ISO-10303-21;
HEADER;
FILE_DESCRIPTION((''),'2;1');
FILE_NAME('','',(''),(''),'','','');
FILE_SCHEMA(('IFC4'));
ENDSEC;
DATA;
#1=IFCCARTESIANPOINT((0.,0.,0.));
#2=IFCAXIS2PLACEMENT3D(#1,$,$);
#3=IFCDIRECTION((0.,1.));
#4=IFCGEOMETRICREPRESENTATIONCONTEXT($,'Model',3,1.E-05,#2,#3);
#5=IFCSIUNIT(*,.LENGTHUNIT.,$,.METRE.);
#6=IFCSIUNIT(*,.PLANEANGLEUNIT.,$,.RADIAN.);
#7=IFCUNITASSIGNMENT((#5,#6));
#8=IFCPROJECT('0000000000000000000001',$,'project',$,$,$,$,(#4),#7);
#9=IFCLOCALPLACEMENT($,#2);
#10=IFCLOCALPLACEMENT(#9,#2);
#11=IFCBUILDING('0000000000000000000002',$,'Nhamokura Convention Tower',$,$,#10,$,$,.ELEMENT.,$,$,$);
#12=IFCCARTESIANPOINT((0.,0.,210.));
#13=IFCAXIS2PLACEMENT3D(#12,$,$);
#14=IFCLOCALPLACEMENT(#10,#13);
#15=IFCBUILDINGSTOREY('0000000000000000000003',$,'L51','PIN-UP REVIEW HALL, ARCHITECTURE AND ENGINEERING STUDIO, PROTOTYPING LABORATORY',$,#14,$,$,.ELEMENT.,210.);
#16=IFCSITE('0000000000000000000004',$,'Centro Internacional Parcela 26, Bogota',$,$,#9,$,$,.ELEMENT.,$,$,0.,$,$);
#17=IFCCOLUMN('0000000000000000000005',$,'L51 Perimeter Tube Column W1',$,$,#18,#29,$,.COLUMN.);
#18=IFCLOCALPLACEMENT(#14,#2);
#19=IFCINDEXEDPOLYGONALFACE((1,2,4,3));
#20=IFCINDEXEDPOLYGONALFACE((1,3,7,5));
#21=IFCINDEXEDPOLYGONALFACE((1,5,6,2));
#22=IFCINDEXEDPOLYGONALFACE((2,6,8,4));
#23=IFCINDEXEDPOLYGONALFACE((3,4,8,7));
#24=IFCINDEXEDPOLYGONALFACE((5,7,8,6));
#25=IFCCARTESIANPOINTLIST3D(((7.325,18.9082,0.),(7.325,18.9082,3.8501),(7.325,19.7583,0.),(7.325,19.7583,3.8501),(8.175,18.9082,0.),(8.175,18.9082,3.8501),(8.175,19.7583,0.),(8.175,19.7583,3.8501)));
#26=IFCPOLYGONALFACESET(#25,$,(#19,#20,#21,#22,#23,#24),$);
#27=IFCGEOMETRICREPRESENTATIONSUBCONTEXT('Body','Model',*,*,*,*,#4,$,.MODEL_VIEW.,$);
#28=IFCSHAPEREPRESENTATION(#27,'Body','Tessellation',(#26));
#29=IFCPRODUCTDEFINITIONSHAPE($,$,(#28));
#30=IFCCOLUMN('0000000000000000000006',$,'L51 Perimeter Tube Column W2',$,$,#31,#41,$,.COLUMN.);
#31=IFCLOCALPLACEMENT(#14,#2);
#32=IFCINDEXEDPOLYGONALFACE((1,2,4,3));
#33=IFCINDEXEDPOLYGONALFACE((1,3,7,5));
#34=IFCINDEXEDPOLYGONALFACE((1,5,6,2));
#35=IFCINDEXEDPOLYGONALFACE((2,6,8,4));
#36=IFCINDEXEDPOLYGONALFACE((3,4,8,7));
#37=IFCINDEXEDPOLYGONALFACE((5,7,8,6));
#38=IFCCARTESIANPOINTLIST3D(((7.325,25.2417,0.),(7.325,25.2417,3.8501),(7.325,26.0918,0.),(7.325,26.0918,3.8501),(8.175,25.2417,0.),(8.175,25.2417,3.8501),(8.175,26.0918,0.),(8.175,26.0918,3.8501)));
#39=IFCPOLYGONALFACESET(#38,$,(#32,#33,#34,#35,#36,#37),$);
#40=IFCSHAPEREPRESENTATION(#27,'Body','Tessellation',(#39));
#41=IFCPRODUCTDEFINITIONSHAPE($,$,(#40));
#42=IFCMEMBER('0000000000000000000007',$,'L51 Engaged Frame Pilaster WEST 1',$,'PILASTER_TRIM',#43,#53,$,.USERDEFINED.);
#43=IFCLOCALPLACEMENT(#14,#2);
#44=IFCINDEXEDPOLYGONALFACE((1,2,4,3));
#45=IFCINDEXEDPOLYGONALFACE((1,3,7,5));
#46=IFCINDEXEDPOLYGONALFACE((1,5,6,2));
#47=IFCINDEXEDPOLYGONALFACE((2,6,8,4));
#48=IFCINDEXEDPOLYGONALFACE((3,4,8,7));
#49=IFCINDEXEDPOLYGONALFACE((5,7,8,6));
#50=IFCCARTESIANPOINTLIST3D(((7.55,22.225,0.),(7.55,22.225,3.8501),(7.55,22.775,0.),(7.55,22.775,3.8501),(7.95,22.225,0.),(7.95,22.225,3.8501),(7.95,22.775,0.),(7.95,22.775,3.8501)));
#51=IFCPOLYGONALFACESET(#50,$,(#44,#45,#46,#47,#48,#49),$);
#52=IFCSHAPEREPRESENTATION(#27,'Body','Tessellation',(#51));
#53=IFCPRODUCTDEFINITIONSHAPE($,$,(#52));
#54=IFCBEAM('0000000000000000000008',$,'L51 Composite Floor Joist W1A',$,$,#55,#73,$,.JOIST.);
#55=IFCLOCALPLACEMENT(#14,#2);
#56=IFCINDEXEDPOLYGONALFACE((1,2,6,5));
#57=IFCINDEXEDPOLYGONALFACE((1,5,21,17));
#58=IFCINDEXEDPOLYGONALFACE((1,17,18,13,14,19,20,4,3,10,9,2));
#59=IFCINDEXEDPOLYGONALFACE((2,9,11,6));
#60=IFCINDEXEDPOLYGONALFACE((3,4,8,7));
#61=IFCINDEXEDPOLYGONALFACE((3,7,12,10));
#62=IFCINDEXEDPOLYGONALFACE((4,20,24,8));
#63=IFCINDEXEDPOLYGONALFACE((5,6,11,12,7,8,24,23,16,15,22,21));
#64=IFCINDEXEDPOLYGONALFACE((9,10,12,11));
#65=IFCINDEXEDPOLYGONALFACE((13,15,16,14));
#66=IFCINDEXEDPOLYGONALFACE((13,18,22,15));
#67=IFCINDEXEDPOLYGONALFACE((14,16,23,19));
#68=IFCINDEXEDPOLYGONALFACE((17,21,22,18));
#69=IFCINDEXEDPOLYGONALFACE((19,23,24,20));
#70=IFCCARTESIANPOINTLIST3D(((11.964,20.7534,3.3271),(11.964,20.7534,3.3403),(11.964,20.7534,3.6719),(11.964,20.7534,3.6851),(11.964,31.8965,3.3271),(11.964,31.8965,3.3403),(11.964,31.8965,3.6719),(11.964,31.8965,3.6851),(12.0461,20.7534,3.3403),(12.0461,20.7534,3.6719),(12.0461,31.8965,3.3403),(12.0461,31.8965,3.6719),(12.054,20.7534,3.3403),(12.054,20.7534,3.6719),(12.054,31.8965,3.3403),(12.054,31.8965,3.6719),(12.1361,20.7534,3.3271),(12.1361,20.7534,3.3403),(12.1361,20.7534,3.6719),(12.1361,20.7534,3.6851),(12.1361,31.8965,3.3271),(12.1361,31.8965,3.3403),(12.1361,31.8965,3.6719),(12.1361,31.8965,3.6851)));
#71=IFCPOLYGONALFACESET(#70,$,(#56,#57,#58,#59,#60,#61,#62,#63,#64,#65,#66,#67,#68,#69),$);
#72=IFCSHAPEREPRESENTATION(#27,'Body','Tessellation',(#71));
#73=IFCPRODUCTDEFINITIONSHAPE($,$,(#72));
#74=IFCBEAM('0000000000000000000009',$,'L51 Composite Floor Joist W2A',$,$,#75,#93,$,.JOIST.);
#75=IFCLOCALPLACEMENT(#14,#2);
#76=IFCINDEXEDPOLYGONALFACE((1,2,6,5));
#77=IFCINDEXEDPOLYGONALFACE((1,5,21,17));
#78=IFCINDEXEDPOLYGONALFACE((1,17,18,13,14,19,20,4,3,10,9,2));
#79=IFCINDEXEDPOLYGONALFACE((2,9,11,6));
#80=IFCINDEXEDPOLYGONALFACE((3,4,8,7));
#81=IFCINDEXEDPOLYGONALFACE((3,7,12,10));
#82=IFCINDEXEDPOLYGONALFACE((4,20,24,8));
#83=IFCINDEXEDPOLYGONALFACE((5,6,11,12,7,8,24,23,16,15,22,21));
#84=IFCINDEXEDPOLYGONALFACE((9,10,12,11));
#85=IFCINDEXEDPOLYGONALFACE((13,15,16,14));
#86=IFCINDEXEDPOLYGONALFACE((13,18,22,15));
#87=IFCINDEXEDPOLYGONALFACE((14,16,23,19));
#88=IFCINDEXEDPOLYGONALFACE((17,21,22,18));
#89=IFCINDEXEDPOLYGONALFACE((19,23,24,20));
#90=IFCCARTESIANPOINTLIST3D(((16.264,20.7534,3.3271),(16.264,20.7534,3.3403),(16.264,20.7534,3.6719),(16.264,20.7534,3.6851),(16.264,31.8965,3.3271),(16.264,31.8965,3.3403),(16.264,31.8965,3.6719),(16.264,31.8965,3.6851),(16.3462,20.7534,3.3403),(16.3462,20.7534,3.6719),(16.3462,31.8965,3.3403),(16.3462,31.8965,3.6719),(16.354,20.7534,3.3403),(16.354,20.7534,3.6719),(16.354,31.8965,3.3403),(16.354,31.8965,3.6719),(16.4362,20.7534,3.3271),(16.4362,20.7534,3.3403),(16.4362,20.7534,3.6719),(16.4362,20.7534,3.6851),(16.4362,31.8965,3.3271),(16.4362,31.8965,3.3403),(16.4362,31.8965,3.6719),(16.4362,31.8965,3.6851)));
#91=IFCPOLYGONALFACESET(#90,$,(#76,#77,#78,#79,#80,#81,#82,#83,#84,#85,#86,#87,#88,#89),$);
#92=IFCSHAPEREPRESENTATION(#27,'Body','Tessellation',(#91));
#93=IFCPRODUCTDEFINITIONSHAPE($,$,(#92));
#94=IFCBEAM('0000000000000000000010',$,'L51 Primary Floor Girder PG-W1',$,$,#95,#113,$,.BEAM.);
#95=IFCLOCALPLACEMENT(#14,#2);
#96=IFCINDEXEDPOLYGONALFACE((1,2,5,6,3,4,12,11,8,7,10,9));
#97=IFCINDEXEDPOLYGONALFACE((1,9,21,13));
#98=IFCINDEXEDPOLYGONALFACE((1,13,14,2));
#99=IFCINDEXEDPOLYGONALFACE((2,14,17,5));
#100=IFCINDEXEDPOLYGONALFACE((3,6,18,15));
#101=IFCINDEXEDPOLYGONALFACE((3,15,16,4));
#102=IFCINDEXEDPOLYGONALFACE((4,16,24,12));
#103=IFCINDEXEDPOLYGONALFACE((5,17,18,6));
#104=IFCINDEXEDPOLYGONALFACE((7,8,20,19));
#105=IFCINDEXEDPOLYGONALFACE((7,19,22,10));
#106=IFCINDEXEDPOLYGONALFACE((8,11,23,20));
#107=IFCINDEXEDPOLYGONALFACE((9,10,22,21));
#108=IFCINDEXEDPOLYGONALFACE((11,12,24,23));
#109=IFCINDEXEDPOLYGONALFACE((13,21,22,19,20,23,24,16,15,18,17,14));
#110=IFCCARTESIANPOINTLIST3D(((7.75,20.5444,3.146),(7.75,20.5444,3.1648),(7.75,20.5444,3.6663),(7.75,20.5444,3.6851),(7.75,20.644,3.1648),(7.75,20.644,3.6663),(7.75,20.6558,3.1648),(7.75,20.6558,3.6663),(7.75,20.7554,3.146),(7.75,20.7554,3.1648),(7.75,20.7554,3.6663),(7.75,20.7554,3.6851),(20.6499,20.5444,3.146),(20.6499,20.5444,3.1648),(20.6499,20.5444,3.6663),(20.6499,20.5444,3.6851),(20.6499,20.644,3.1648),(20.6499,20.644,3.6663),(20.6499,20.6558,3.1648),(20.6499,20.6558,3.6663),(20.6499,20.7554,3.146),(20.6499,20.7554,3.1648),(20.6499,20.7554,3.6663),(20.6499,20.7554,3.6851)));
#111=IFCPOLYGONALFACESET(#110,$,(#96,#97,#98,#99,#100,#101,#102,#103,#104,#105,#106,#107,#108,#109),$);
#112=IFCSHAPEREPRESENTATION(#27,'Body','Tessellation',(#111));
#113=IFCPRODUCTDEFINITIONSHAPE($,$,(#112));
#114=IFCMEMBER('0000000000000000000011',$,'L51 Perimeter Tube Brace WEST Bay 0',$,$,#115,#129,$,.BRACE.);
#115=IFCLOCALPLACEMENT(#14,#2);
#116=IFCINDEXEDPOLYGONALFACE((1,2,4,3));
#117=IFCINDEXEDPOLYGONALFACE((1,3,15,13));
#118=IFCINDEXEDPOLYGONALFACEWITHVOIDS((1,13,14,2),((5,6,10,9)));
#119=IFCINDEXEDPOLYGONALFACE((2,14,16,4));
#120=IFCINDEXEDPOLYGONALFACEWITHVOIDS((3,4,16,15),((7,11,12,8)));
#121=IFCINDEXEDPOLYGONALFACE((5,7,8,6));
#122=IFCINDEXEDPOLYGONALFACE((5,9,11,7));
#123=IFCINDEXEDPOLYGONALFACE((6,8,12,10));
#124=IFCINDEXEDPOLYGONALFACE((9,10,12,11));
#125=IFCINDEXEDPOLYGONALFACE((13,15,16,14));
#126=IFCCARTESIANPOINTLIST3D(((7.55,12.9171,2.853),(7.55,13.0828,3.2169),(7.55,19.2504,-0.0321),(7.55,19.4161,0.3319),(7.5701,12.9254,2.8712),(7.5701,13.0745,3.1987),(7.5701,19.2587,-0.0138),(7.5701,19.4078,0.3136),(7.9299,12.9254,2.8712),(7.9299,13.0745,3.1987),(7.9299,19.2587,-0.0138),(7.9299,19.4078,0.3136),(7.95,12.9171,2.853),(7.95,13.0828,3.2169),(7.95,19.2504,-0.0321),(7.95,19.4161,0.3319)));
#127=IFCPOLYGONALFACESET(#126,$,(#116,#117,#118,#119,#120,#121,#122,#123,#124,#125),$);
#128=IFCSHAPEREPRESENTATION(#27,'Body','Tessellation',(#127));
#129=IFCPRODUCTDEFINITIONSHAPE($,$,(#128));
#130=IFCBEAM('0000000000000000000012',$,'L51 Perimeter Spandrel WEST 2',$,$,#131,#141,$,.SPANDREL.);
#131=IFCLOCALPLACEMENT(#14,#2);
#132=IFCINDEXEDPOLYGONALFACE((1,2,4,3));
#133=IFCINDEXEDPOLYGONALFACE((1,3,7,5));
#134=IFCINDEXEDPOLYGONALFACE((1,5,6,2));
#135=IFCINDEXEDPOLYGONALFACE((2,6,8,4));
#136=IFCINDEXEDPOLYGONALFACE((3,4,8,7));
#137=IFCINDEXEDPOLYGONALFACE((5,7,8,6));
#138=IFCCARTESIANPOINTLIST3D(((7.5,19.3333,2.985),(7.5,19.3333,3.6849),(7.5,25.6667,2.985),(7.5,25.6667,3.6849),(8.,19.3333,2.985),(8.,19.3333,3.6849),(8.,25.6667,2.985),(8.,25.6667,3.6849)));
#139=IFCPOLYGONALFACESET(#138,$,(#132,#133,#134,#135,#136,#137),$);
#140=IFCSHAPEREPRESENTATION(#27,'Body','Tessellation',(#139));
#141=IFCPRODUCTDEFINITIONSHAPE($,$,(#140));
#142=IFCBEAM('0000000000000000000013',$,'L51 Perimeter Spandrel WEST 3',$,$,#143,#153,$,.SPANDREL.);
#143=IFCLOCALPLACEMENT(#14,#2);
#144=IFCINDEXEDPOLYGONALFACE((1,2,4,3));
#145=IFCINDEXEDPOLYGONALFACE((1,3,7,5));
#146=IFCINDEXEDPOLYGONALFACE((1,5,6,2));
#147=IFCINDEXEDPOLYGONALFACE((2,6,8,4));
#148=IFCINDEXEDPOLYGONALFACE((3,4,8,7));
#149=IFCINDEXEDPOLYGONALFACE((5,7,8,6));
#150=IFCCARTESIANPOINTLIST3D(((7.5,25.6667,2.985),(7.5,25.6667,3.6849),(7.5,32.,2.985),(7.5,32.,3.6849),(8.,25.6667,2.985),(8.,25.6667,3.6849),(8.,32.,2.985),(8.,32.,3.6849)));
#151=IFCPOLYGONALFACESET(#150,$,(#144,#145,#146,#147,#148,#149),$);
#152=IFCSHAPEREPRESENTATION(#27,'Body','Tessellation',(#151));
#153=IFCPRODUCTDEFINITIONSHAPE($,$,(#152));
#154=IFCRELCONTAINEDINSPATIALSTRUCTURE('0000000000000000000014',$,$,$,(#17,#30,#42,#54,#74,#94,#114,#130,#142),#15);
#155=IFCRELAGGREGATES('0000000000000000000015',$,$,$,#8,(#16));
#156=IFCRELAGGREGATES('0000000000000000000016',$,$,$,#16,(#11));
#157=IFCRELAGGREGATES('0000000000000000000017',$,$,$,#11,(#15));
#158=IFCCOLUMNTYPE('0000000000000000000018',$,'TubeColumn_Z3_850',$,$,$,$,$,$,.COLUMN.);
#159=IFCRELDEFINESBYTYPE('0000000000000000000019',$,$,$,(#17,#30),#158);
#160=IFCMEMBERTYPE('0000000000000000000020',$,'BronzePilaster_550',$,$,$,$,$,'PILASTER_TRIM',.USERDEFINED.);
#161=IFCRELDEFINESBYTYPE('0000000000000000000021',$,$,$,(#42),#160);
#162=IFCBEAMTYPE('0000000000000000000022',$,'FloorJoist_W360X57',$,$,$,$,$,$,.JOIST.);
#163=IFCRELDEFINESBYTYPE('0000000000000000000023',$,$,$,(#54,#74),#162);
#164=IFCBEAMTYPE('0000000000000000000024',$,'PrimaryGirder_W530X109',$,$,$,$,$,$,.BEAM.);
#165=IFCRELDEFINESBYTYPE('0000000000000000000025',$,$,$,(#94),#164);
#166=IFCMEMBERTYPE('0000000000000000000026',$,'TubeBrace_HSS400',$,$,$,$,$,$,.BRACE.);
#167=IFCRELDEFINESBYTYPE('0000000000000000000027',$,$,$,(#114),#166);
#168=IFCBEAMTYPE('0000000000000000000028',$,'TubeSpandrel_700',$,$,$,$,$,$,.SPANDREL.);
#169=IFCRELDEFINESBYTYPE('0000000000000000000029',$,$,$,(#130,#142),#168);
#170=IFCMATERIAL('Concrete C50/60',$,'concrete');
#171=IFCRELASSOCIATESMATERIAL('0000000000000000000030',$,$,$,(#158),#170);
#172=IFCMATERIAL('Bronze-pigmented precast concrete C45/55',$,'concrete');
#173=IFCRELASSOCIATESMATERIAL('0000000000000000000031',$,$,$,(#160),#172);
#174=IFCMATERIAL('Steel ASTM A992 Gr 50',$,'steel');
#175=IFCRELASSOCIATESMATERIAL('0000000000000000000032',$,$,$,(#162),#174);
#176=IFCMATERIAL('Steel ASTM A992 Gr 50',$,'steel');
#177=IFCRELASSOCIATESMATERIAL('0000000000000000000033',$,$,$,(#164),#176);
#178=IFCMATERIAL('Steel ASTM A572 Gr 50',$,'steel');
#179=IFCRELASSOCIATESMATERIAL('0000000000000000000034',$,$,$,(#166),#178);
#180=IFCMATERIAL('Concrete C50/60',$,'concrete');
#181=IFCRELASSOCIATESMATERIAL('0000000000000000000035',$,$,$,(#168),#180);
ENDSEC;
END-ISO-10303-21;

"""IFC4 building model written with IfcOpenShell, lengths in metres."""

from ifc_helpers import new_model, si_unit, direction, frame, origin, origin_2d, place, context, subcontext, project, spatial, rectangle, hollow_rectangle, i_section, extrude, material, material_profile, profile_set, type_object, element, save


model = new_model("IFC4")

# Units and contexts
model_context = context("Model", 3, precision=1e-05, world=origin(), true_north=direction((0.0, 1.0)))
body_context = subcontext(model_context, "Body", "Model", "MODEL_VIEW")
ifc_project = project(units=[si_unit("LENGTHUNIT", "METRE"), si_unit("PLANEANGLEUNIT", "RADIAN")], contexts=[model_context])

# Site, building, storey
site_placement = place(None, origin())
site = spatial("IfcSite", under=ifc_project, at=site_placement, Name="Centro Internacional Parcela 26, Bogota", CompositionType="ELEMENT", RefElevation=0.0)
building_placement = place(site_placement, origin())
building = spatial("IfcBuilding", under=site, at=building_placement, Name="Nhamokura Convention Tower", CompositionType="ELEMENT")
storey_placement = place(building_placement, frame((0.0, 0.0, 210.0)))
storey = spatial("IfcBuildingStorey", under=building, at=storey_placement, Name="L51", Description="PIN-UP REVIEW HALL, ARCHITECTURE AND ENGINEERING STUDIO, PROTOTYPING LABORATORY", CompositionType="ELEMENT", Elevation=210.0)

# Columns
ifc_material_1 = material(Name="Concrete C50/60", Category="concrete")
ifc_material_profile_1 = material_profile(ifc_material_1, rectangle(XDim=0.8501, YDim=0.8501, at=origin_2d()))
ifc_profile_set_1 = profile_set([ifc_material_profile_1], Name="Concrete C50/60")
column_type = type_object("IfcColumnType", Name="TubeColumn_Z3_850", PredefinedType="COLUMN", material=ifc_profile_set_1)
for number, where, z_axis, x_axis, name in (
    (1, (7.75, 19.3333, 0.0), (0.0, 0.0, 1.0), (1.0, 0.0, 0.0), "L51 Perimeter Tube Column W1"),
    (2, (7.75, 25.6667, 0.0), (0.0, 0.0, 1.0), (1.0, 0.0, 0.0), "L51 Perimeter Tube Column W2"),
):
    element("IfcColumn", number, at=place(storey_placement, frame(where, z_axis=z_axis, x_axis=x_axis)), inside=storey, type_object=column_type, Name=name, PredefinedType="COLUMN", context=body_context, shape_type="SweptSolid", body=[
        extrude(rectangle(XDim=0.8501, YDim=0.8501, at=origin_2d()), origin(), (0.0, 0.0, 1.0), 3.8501),
    ])

# Member
ifc_material_2 = material(Name="Bronze-pigmented precast concrete C45/55", Category="concrete")
ifc_material_profile_2 = material_profile(ifc_material_2, rectangle(XDim=0.3999, YDim=0.55, at=origin_2d()))
ifc_profile_set_2 = profile_set([ifc_material_profile_2], Name="Bronze-pigmented precast concrete C45/55")
member_type_1 = type_object("IfcMemberType", Name="BronzePilaster_550", ElementType="PILASTER_TRIM", PredefinedType="USERDEFINED", material=ifc_profile_set_2)
member_1_placement = place(storey_placement, frame((7.75, 22.5, 0.0), z_axis=(0.0, 0.0, 1.0), x_axis=(1.0, 0.0, 0.0)))
element("IfcMember", 3, at=member_1_placement, inside=storey, type_object=member_type_1, Name="L51 Engaged Frame Pilaster WEST 1", ObjectType="PILASTER_TRIM", PredefinedType="USERDEFINED", context=body_context, shape_type="SweptSolid", body=[
    extrude(rectangle(XDim=0.3999, YDim=0.55, at=origin_2d()), origin(), (0.0, 0.0, 1.0), 3.8501),
])

# Beams
ifc_material_3 = material(Name="Steel ASTM A992 Gr 50", Category="steel")
ifc_material_profile_3 = material_profile(ifc_material_3, i_section(OverallWidth=0.1721, OverallDepth=0.3579, WebThickness=0.0078, FlangeThickness=0.0132, at=origin_2d()))
ifc_profile_set_3 = profile_set([ifc_material_profile_3], Name="Steel ASTM A992 Gr 50")
beam_type_1 = type_object("IfcBeamType", Name="FloorJoist_W360X57", PredefinedType="JOIST", material=ifc_profile_set_3)
for number, where, z_axis, x_axis, name in (
    (4, (12.05, 20.7534, 3.5061), (0.0, 1.0, 0.0), (-1.0, 0.0, 0.0), "L51 Composite Floor Joist W1A"),
    (5, (16.3501, 20.7534, 3.5061), (0.0, 1.0, 0.0), (-1.0, 0.0, 0.0), "L51 Composite Floor Joist W2A"),
):
    element("IfcBeam", number, at=place(storey_placement, frame(where, z_axis=z_axis, x_axis=x_axis)), inside=storey, type_object=beam_type_1, Name=name, PredefinedType="JOIST", context=body_context, shape_type="SweptSolid", body=[
        extrude(i_section(OverallWidth=0.1721, OverallDepth=0.3579, WebThickness=0.0078, FlangeThickness=0.0132, at=origin_2d()), origin(), (0.0, 0.0, 1.0), 11.1431),
    ])
ifc_material_4 = material(Name="Steel ASTM A992 Gr 50", Category="steel")
ifc_material_profile_4 = material_profile(ifc_material_4, i_section(OverallWidth=0.2109, OverallDepth=0.5391, WebThickness=0.0117, FlangeThickness=0.0188, at=origin_2d()))
ifc_profile_set_4 = profile_set([ifc_material_profile_4], Name="Steel ASTM A992 Gr 50")
beam_type_2 = type_object("IfcBeamType", Name="PrimaryGirder_W530X109", PredefinedType="BEAM", material=ifc_profile_set_4)
beam_1_placement = place(storey_placement, frame((7.75, 20.6499, 3.4155), z_axis=(1.0, 0.0, 0.0), x_axis=(0.0, 1.0, 0.0)))
element("IfcBeam", 6, at=beam_1_placement, inside=storey, type_object=beam_type_2, Name="L51 Primary Floor Girder PG-W1", PredefinedType="BEAM", context=body_context, shape_type="SweptSolid", body=[
    extrude(i_section(OverallWidth=0.2109, OverallDepth=0.5391, WebThickness=0.0117, FlangeThickness=0.0188, at=origin_2d()), origin(), (0.0, 0.0, 1.0), 12.8999),
])

# Member
ifc_material_5 = material(Name="Steel ASTM A572 Gr 50", Category="steel")
ifc_material_profile_5 = material_profile(ifc_material_5, hollow_rectangle(XDim=0.3999, YDim=0.3999, WallThickness=0.02, at=origin_2d()))
ifc_profile_set_5 = profile_set([ifc_material_profile_5], Name="Steel ASTM A572 Gr 50")
member_type_2 = type_object("IfcMemberType", Name="TubeBrace_HSS400", PredefinedType="BRACE", material=ifc_profile_set_5)
member_2_placement = place(storey_placement, frame((7.75, 19.3333, 0.1499), z_axis=(0.0, -0.910027, 0.414548), x_axis=(1.0, 0.0, 0.0)))
element("IfcMember", 7, at=member_2_placement, inside=storey, type_object=member_type_2, Name="L51 Perimeter Tube Brace WEST Bay 0", PredefinedType="BRACE", context=body_context, shape_type="SweptSolid", body=[
    extrude(hollow_rectangle(XDim=0.3999, YDim=0.3999, WallThickness=0.02, at=origin_2d()), origin(), (0.0, 0.0, 1.0), 6.9595),
])

# Beams
ifc_material_6 = material(Name="Concrete C50/60", Category="concrete")
ifc_material_profile_6 = material_profile(ifc_material_6, rectangle(XDim=0.5, YDim=0.7, at=origin_2d()))
ifc_profile_set_6 = profile_set([ifc_material_profile_6], Name="Concrete C50/60")
beam_type_3 = type_object("IfcBeamType", Name="TubeSpandrel_700", PredefinedType="SPANDREL", material=ifc_profile_set_6)
beam_2_placement = place(storey_placement, frame((7.75, 19.3333, 3.335), z_axis=(0.0, 1.0, 0.0), x_axis=(-1.0, 0.0, 0.0)))
element("IfcBeam", 8, at=beam_2_placement, inside=storey, type_object=beam_type_3, Name="L51 Perimeter Spandrel WEST 2", PredefinedType="SPANDREL", context=body_context, shape_type="SweptSolid", body=[
    extrude(rectangle(XDim=0.5, YDim=0.7, at=origin_2d()), origin(), (0.0, 0.0, 1.0), 6.3335),
])
beam_3_placement = place(storey_placement, frame((7.75, 25.6667, 3.335), z_axis=(0.0, 1.0, 0.0), x_axis=(-1.0, 0.0, 0.0)))
element("IfcBeam", 9, at=beam_3_placement, inside=storey, type_object=beam_type_3, Name="L51 Perimeter Spandrel WEST 3", PredefinedType="SPANDREL", context=body_context, shape_type="SweptSolid", body=[
    extrude(rectangle(XDim=0.5, YDim=0.7, at=origin_2d()), origin(), (0.0, 0.0, 1.0), 6.3333),
])

save(model, "model.ifc")
